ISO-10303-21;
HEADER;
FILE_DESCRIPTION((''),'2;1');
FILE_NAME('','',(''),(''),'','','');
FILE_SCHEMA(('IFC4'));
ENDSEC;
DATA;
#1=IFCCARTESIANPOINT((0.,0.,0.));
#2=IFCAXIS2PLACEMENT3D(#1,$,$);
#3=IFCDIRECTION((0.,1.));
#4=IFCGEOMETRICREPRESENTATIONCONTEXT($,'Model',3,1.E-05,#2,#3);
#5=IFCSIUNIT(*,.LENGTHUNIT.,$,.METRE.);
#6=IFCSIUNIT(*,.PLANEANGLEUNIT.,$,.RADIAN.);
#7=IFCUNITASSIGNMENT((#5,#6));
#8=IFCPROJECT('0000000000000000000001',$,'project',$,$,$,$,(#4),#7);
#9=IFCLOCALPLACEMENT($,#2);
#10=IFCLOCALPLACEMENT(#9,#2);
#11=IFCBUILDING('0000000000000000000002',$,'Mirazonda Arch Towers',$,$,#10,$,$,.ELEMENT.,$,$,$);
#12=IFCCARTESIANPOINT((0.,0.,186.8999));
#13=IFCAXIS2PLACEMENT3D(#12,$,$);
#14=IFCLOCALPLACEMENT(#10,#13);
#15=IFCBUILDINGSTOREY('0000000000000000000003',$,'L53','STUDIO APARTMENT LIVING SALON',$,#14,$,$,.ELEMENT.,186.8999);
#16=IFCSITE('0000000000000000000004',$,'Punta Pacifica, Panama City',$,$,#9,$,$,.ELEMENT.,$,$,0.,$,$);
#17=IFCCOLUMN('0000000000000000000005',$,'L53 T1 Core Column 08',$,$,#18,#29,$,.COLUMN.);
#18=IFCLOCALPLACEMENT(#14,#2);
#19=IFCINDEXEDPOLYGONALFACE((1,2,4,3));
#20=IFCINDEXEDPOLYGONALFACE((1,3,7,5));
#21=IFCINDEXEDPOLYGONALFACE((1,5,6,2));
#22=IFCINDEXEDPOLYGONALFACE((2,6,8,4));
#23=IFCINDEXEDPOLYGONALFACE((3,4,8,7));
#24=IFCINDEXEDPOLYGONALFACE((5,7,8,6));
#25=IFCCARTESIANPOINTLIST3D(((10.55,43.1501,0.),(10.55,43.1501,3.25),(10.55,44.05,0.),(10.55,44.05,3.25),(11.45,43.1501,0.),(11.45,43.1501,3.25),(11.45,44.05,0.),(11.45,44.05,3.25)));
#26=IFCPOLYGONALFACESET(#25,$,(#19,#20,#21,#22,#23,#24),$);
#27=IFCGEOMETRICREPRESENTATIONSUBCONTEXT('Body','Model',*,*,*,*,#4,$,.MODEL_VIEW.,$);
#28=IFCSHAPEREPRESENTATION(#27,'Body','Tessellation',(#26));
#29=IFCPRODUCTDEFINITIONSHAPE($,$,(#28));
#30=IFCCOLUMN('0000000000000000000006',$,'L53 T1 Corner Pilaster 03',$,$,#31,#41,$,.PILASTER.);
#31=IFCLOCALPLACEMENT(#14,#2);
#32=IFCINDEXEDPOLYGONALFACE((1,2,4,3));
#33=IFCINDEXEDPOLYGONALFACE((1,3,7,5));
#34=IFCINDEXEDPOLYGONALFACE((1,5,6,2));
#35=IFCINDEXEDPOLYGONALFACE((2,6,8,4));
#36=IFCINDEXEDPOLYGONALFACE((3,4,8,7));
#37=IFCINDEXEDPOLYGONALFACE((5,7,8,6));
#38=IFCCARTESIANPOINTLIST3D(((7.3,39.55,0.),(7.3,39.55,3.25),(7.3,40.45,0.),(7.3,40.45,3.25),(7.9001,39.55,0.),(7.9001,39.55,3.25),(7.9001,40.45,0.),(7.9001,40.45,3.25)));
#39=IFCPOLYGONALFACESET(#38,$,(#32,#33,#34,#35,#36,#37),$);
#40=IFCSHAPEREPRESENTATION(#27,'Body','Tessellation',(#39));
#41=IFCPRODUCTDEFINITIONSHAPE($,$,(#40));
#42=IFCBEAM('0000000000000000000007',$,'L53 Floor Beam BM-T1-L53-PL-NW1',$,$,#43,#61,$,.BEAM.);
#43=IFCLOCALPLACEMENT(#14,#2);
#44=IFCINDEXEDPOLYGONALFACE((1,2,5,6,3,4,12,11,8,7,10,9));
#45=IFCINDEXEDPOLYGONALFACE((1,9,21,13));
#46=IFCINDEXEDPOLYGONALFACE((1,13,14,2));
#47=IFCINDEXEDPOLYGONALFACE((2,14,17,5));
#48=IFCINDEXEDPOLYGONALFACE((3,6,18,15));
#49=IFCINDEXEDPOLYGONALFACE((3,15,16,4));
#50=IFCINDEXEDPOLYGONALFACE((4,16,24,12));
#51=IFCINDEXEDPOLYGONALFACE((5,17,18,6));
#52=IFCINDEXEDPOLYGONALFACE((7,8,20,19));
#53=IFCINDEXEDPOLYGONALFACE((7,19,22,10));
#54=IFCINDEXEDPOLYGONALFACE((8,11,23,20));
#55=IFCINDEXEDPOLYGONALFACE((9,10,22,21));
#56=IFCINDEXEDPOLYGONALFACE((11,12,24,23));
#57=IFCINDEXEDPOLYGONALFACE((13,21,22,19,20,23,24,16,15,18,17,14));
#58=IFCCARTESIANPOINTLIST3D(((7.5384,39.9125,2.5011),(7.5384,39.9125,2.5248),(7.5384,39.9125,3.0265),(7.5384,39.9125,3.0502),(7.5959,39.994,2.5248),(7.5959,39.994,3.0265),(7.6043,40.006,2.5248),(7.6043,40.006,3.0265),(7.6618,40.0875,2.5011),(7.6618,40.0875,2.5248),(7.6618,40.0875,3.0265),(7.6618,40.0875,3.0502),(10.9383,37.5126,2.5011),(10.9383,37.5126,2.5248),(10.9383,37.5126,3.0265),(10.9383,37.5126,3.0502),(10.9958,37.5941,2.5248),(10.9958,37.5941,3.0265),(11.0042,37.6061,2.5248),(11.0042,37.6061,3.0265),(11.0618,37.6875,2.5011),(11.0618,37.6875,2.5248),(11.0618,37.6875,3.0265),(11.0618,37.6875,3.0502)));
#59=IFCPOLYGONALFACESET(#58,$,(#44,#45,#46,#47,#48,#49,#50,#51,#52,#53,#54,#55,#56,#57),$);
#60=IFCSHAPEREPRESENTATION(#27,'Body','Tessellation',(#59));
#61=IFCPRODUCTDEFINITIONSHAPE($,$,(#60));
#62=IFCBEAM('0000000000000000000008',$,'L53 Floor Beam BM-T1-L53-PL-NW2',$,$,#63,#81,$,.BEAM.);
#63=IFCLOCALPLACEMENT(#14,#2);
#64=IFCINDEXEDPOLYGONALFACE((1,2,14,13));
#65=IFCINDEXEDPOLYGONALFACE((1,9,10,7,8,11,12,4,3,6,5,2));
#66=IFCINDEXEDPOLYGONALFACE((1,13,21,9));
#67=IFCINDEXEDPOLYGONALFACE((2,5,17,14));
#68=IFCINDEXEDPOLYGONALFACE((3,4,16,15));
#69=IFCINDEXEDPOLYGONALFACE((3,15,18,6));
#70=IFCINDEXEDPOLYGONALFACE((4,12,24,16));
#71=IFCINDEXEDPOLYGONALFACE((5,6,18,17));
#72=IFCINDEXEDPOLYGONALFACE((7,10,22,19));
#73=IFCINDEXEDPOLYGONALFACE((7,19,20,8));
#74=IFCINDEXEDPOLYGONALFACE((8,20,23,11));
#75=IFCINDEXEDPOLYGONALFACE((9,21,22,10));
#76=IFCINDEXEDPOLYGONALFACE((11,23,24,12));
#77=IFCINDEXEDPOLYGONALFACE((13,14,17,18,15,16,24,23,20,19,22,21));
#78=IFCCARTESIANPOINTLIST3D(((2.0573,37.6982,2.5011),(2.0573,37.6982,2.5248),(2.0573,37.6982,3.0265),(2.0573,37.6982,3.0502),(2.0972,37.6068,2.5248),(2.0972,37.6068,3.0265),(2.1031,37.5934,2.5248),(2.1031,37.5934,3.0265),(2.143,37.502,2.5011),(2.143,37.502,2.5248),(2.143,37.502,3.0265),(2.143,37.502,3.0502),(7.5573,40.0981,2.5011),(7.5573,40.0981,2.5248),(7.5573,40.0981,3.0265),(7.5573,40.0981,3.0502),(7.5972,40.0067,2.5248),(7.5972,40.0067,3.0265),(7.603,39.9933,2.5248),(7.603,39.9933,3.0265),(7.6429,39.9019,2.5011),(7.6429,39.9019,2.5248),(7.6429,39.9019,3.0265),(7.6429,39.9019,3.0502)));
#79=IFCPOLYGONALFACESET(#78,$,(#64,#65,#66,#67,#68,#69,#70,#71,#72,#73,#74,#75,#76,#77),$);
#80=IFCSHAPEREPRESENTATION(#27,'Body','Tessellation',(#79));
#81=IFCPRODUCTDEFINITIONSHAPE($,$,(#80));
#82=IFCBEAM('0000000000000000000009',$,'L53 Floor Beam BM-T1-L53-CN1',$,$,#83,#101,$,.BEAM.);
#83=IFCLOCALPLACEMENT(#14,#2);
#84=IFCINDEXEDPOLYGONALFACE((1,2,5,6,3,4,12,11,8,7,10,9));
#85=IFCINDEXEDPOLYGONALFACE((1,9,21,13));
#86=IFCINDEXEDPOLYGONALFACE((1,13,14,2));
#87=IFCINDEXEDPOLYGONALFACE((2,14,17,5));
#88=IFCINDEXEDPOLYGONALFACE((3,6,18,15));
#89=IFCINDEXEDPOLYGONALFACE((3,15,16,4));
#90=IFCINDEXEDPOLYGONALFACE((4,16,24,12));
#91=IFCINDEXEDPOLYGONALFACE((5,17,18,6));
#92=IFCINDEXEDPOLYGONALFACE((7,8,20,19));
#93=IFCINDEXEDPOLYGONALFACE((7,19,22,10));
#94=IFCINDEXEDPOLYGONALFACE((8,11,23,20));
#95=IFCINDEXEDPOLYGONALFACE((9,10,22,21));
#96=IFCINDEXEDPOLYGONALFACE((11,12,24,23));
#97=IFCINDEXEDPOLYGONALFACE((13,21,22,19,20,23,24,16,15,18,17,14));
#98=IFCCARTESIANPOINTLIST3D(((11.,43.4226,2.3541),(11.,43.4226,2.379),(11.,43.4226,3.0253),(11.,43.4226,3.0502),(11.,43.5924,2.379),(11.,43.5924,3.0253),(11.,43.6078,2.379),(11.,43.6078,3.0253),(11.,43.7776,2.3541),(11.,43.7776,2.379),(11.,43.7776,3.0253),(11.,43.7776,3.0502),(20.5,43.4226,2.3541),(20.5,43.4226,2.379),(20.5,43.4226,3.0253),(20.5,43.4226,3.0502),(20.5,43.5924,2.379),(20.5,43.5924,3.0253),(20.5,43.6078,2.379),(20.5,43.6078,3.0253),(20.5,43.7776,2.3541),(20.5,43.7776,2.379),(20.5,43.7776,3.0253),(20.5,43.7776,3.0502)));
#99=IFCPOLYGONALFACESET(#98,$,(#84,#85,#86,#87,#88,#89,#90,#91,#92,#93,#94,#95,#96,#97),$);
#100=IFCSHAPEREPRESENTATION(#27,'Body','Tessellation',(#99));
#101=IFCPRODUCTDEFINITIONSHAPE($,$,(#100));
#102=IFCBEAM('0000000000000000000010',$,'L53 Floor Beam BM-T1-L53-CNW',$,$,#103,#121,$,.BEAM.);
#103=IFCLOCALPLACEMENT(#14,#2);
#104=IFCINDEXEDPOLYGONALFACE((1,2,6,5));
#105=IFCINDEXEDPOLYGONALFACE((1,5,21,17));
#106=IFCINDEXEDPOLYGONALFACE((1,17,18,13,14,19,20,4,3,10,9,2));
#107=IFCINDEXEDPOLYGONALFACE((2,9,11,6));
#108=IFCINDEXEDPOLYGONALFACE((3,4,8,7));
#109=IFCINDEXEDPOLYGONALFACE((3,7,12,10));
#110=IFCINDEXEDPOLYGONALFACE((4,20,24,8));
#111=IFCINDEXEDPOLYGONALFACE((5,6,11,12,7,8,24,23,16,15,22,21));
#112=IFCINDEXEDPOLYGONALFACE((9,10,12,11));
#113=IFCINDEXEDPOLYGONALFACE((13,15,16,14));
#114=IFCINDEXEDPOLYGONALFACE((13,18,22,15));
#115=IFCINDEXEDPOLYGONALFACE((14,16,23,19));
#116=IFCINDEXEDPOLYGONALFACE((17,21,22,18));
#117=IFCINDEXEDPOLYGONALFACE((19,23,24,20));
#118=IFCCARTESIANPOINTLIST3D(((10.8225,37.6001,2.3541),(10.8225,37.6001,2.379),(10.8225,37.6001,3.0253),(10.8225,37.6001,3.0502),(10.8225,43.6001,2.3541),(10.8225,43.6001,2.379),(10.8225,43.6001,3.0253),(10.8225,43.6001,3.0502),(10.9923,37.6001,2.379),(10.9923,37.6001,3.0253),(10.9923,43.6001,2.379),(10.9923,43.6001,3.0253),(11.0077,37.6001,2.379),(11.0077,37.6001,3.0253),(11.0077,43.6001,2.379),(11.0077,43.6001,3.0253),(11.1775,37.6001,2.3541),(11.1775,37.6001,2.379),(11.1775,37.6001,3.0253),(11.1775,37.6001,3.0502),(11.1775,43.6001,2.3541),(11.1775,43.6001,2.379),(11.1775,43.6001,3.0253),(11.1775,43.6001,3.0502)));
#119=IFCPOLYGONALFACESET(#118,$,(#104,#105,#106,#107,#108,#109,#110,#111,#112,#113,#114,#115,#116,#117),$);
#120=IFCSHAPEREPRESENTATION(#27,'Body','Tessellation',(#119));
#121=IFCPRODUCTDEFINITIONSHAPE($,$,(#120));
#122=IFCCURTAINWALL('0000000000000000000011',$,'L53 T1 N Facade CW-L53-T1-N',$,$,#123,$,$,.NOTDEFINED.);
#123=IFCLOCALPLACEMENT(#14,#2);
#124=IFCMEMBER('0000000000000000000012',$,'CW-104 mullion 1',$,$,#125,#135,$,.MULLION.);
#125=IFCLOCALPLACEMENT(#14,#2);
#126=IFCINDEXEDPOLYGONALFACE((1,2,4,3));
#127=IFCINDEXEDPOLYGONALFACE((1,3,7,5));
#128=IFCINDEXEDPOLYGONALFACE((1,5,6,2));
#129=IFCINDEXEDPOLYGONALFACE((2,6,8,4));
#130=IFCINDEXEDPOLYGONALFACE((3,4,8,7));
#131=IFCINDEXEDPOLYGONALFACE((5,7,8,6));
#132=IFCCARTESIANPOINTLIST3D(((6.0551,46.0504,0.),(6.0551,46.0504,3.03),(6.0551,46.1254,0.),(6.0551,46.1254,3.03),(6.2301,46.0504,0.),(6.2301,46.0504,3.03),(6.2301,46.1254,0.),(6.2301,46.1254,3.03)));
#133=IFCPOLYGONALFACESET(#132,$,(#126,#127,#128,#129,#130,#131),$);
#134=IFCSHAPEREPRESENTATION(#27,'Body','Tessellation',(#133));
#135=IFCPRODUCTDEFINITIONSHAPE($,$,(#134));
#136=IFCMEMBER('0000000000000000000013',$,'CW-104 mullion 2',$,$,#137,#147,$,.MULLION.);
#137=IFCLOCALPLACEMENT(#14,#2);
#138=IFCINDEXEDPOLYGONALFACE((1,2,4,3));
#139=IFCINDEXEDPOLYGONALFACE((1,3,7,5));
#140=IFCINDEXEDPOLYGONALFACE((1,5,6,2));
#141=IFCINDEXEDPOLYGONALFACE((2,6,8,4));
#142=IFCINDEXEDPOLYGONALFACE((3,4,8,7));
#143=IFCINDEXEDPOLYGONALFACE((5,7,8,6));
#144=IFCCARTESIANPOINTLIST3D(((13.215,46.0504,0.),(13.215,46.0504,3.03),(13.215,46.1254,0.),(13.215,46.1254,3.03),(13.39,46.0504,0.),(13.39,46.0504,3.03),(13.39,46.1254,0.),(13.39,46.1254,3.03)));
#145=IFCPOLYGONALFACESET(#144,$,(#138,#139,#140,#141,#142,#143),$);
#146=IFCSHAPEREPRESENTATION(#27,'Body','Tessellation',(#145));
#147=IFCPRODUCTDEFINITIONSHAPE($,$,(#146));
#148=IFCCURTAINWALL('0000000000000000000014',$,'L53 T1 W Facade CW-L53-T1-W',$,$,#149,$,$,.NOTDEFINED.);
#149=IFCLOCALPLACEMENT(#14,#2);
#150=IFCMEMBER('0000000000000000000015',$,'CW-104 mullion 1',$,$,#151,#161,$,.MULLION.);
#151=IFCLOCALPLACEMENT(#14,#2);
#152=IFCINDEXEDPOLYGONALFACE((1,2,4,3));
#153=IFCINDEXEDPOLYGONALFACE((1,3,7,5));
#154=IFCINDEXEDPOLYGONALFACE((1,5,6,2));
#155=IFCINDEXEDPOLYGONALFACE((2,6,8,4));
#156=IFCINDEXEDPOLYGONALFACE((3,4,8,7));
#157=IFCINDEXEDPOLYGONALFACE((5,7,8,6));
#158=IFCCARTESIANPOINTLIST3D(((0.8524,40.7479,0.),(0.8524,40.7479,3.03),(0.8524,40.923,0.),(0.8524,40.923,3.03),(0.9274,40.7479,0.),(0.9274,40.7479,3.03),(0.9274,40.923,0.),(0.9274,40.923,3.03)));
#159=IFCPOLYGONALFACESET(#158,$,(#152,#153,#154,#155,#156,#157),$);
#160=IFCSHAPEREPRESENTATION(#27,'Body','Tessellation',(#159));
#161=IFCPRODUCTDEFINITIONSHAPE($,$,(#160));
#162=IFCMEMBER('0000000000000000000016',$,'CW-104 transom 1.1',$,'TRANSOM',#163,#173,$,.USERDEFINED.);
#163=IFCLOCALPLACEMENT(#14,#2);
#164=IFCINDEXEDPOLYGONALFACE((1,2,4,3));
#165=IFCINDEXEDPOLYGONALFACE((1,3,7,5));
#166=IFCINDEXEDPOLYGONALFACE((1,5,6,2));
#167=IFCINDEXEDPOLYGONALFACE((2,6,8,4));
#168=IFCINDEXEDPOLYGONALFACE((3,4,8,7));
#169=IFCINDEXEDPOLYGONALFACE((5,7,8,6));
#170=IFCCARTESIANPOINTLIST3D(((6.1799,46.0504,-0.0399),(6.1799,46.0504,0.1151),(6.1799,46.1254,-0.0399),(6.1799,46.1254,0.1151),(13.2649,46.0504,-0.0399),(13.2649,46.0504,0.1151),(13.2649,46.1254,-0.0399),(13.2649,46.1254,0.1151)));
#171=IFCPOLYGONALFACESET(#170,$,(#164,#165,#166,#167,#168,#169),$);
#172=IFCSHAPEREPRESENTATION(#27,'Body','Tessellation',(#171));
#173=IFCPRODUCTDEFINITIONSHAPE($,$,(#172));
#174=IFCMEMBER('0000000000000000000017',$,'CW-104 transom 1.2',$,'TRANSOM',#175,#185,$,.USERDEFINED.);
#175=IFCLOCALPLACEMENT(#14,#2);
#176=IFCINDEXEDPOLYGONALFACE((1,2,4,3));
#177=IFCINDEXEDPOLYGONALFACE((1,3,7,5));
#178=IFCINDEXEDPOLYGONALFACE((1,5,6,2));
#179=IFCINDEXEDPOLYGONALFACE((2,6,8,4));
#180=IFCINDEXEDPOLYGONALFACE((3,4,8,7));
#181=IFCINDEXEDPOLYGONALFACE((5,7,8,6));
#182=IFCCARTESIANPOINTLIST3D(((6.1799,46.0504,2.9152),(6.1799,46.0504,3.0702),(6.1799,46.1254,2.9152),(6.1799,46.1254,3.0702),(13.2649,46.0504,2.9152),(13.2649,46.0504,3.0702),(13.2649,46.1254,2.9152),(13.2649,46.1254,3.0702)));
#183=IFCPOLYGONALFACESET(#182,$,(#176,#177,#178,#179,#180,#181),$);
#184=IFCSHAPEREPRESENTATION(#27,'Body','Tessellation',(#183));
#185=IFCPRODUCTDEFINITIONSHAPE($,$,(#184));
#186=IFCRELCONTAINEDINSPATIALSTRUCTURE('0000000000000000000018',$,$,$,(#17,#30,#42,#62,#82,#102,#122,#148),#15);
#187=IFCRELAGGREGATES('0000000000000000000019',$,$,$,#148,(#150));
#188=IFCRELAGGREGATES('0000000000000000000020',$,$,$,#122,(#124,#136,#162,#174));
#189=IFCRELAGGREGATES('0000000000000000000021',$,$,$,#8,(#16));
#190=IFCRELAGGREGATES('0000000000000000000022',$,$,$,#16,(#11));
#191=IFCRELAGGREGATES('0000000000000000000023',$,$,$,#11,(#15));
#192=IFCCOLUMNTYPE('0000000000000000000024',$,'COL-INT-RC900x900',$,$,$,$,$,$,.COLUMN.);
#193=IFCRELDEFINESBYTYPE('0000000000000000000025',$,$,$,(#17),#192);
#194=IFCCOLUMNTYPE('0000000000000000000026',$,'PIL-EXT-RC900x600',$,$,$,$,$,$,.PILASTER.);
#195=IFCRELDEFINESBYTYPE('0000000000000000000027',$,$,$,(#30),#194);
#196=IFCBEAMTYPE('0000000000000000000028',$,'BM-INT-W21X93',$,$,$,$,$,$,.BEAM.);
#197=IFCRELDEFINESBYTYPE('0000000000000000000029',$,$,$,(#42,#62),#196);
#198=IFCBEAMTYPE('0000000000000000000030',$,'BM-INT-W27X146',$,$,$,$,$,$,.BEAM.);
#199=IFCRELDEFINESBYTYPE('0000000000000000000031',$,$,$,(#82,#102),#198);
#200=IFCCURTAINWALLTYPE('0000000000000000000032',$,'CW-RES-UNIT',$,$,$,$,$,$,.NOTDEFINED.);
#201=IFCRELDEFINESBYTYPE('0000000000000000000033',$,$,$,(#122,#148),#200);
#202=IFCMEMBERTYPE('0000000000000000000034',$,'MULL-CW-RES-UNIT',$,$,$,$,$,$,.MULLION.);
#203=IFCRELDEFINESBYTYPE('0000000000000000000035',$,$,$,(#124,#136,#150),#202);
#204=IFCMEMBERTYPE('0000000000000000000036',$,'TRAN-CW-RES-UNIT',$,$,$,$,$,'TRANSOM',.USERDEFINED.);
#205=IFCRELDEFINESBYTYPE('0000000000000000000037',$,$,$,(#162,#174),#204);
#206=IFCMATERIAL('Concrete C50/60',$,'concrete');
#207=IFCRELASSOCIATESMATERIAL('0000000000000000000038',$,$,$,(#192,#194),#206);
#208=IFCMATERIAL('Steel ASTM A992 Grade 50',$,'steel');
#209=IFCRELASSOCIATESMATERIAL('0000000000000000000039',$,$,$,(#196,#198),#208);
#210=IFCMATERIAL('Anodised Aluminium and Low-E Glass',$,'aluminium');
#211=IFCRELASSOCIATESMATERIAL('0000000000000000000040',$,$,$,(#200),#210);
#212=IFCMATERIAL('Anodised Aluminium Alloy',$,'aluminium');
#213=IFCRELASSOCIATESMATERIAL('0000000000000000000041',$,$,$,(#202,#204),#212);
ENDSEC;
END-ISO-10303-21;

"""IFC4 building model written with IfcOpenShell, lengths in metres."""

from ifc_helpers import new_model, si_unit, direction, frame, origin, origin_2d, place, context, subcontext, project, spatial, rectangle, i_section, extrude, material, material_profile, profile_set, type_object, element, aggregate, save


model = new_model("IFC4")

# Units and contexts
model_context = context("Model", 3, precision=1e-05, world=origin(), true_north=direction((0.0, 1.0)))
body_context = subcontext(model_context, "Body", "Model", "MODEL_VIEW")
ifc_project = project(units=[si_unit("LENGTHUNIT", "METRE"), si_unit("PLANEANGLEUNIT", "RADIAN")], contexts=[model_context])

# Site, building, storey
site_placement = place(None, origin())
site = spatial("IfcSite", under=ifc_project, at=site_placement, Name="Punta Pacifica, Panama City", CompositionType="ELEMENT", RefElevation=0.0)
building_placement = place(site_placement, origin())
building = spatial("IfcBuilding", under=site, at=building_placement, Name="Mirazonda Arch Towers", CompositionType="ELEMENT")
storey_placement = place(building_placement, frame((0.0, 0.0, 186.8999)))
storey = spatial("IfcBuildingStorey", under=building, at=storey_placement, Name="L53", Description="STUDIO APARTMENT LIVING SALON", CompositionType="ELEMENT", Elevation=186.8999)

# Columns
ifc_material_1 = material(Name="Concrete C50/60", Category="concrete")
ifc_material_profile_1 = material_profile(ifc_material_1, rectangle(XDim=0.8999, YDim=0.8999, at=origin_2d()), Name="RC900x900")
ifc_profile_set_1 = profile_set([ifc_material_profile_1], Name="Concrete C50/60")
column_type_1 = type_object("IfcColumnType", Name="COL-INT-RC900x900", PredefinedType="COLUMN", material=ifc_profile_set_1)
column_1_placement = place(storey_placement, frame((11.0, 43.6001, 0.0), z_axis=(0.0, 0.0, 1.0), x_axis=(1.0, 0.0, 0.0)))
element("IfcColumn", 1, at=column_1_placement, inside=storey, type_object=column_type_1, Name="L53 T1 Core Column 08", PredefinedType="COLUMN", context=body_context, shape_type="SweptSolid", body=[
    extrude(rectangle(XDim=0.8999, YDim=0.8999, at=origin_2d()), origin(), (0.0, 0.0, 1.0), 3.25),
])
ifc_material_profile_2 = material_profile(ifc_material_1, rectangle(XDim=0.6001, YDim=0.8999, at=origin_2d()), Name="RC900x600")
ifc_profile_set_2 = profile_set([ifc_material_profile_2], Name="Concrete C50/60")
column_type_2 = type_object("IfcColumnType", Name="PIL-EXT-RC900x600", PredefinedType="PILASTER", material=ifc_profile_set_2)
column_2_placement = place(storey_placement, frame((7.6001, 40.0, 0.0), z_axis=(0.0, 0.0, 1.0), x_axis=(1.0, 0.0, 0.0)))
element("IfcColumn", 2, at=column_2_placement, inside=storey, type_object=column_type_2, Name="L53 T1 Corner Pilaster 03", PredefinedType="PILASTER", context=body_context, shape_type="SweptSolid", body=[
    extrude(rectangle(XDim=0.6001, YDim=0.8999, at=origin_2d()), origin(), (0.0, 0.0, 1.0), 3.25),
])

# Beams
ifc_material_2 = material(Name="Steel ASTM A992 Grade 50", Category="steel")
ifc_material_profile_3 = material_profile(ifc_material_2, i_section(OverallWidth=0.2141, OverallDepth=0.5491, WebThickness=0.0146, FlangeThickness=0.0237, at=origin_2d()), Name="W21X93")
ifc_profile_set_3 = profile_set([ifc_material_profile_3], Name="Steel ASTM A992 Grade 50")
beam_type_1 = type_object("IfcBeamType", Name="BM-INT-W21X93", PredefinedType="BEAM", material=ifc_profile_set_3)
beam_1_placement = place(storey_placement, frame((7.6001, 40.0, 2.7756), z_axis=(0.816971, -0.576679, 0.0), x_axis=(0.576679, 0.816971, 0.0)))
element("IfcBeam", 3, at=beam_1_placement, inside=storey, type_object=beam_type_1, Name="L53 Floor Beam BM-T1-L53-PL-NW1", PredefinedType="BEAM", context=body_context, shape_type="SweptSolid", body=[
    extrude(i_section(OverallWidth=0.2141, OverallDepth=0.5491, WebThickness=0.0146, FlangeThickness=0.0237, at=origin_2d()), origin(), (0.0, 0.0, 1.0), 4.1616),
])
beam_2_placement = place(storey_placement, frame((7.6001, 40.0, 2.7756), z_axis=(-0.916545, -0.399931, 0.0), x_axis=(0.399931, -0.916545, 0.0)))
element("IfcBeam", 4, at=beam_2_placement, inside=storey, type_object=beam_type_1, Name="L53 Floor Beam BM-T1-L53-PL-NW2", PredefinedType="BEAM", context=body_context, shape_type="SweptSolid", body=[
    extrude(i_section(OverallWidth=0.2141, OverallDepth=0.5491, WebThickness=0.0146, FlangeThickness=0.0237, at=origin_2d()), origin(), (0.0, 0.0, 1.0), 6.0007),
])
ifc_material_profile_4 = material_profile(ifc_material_2, i_section(OverallWidth=0.355, OverallDepth=0.696, WebThickness=0.0154, FlangeThickness=0.0249, at=origin_2d()), Name="W27X146")
ifc_profile_set_4 = profile_set([ifc_material_profile_4], Name="Steel ASTM A992 Grade 50")
beam_type_2 = type_object("IfcBeamType", Name="BM-INT-W27X146", PredefinedType="BEAM", material=ifc_profile_set_4)
beam_3_placement = place(storey_placement, frame((11.0, 43.6001, 2.7021), z_axis=(1.0, 0.0, 0.0), x_axis=(0.0, 1.0, 0.0)))
element("IfcBeam", 5, at=beam_3_placement, inside=storey, type_object=beam_type_2, Name="L53 Floor Beam BM-T1-L53-CN1", PredefinedType="BEAM", context=body_context, shape_type="SweptSolid", body=[
    extrude(i_section(OverallWidth=0.355, OverallDepth=0.696, WebThickness=0.0154, FlangeThickness=0.0249, at=origin_2d()), origin(), (0.0, 0.0, 1.0), 9.5),
])
beam_4_placement = place(storey_placement, frame((11.0, 37.6001, 2.7021), z_axis=(0.0, 1.0, 0.0), x_axis=(-1.0, 0.0, 0.0)))
element("IfcBeam", 6, at=beam_4_placement, inside=storey, type_object=beam_type_2, Name="L53 Floor Beam BM-T1-L53-CNW", PredefinedType="BEAM", context=body_context, shape_type="SweptSolid", body=[
    extrude(i_section(OverallWidth=0.355, OverallDepth=0.696, WebThickness=0.0154, FlangeThickness=0.0249, at=origin_2d()), origin(), (0.0, 0.0, 1.0), 6.0),
])

# Curtain wall, members
ifc_material_3 = material(Name="Anodised Aluminium and Low-E Glass", Category="aluminium")
curtain_wall_type = type_object("IfcCurtainWallType", Name="CW-RES-UNIT", PredefinedType="NOTDEFINED", material=ifc_material_3)
curtain_wall_1_placement = place(storey_placement, origin())
curtain_wall_1 = element("IfcCurtainWall", 7, at=curtain_wall_1_placement, inside=storey, type_object=curtain_wall_type, Name="L53 T1 N Facade CW-L53-T1-N", PredefinedType="NOTDEFINED")
ifc_material_4 = material(Name="Anodised Aluminium Alloy", Category="aluminium")
ifc_material_profile_5 = material_profile(ifc_material_4, rectangle(XDim=0.075, YDim=0.175, at=origin_2d()), Name="ALU-MULL-75x175")
ifc_profile_set_5 = profile_set([ifc_material_profile_5], Name="Anodised Aluminium Alloy")
member_type_1 = type_object("IfcMemberType", Name="MULL-CW-RES-UNIT", PredefinedType="MULLION", material=ifc_profile_set_5)
member_1_placement = place(storey_placement, frame((6.1426, 46.0879, 0.0), z_axis=(0.0, 0.0, 1.0), x_axis=(0.0, 1.0, 0.0)))
member_1 = element("IfcMember", 8, at=member_1_placement, type_object=member_type_1, Name="CW-104 mullion 1", PredefinedType="MULLION", context=body_context, shape_type="SweptSolid", body=[
    extrude(rectangle(XDim=0.075, YDim=0.175, at=origin_2d()), origin(), (0.0, 0.0, 1.0), 3.03),
])
member_2_placement = place(storey_placement, frame((13.3025, 46.0879, 0.0), z_axis=(0.0, 0.0, 1.0), x_axis=(0.0, 1.0, 0.0)))
member_2 = element("IfcMember", 9, at=member_2_placement, type_object=member_type_1, Name="CW-104 mullion 2", PredefinedType="MULLION", context=body_context, shape_type="SweptSolid", body=[
    extrude(rectangle(XDim=0.075, YDim=0.175, at=origin_2d()), origin(), (0.0, 0.0, 1.0), 3.03),
])

# Curtain wall, member
curtain_wall_2_placement = place(storey_placement, origin())
curtain_wall_2 = element("IfcCurtainWall", 10, at=curtain_wall_2_placement, inside=storey, type_object=curtain_wall_type, Name="L53 T1 W Facade CW-L53-T1-W", PredefinedType="NOTDEFINED")
member_3_placement = place(storey_placement, frame((0.8899, 40.8354, 0.0), z_axis=(0.0, 0.0, 1.0), x_axis=(1.0, 0.0, 0.0)))
member_3 = element("IfcMember", 11, at=member_3_placement, type_object=member_type_1, Name="CW-104 mullion 1", PredefinedType="MULLION", context=body_context, shape_type="SweptSolid", body=[
    extrude(rectangle(XDim=0.075, YDim=0.175, at=origin_2d()), origin(), (0.0, 0.0, 1.0), 3.03),
])

# Members
ifc_material_profile_6 = material_profile(ifc_material_4, rectangle(XDim=0.075, YDim=0.155, at=origin_2d()), Name="ALU-TRAN-75x155")
ifc_profile_set_6 = profile_set([ifc_material_profile_6], Name="Anodised Aluminium Alloy")
member_type_2 = type_object("IfcMemberType", Name="TRAN-CW-RES-UNIT", ElementType="TRANSOM", PredefinedType="USERDEFINED", material=ifc_profile_set_6)
member_4_placement = place(storey_placement, frame((6.1799, 46.0879, 0.0376), z_axis=(1.0, 0.0, 0.0), x_axis=(0.0, 1.0, 0.0)))
member_4 = element("IfcMember", 12, at=member_4_placement, type_object=member_type_2, Name="CW-104 transom 1.1", ObjectType="TRANSOM", PredefinedType="USERDEFINED", context=body_context, shape_type="SweptSolid", body=[
    extrude(rectangle(XDim=0.075, YDim=0.155, at=origin_2d()), origin(), (0.0, 0.0, 1.0), 7.085),
])
member_5_placement = place(storey_placement, frame((6.1799, 46.0879, 2.9927), z_axis=(1.0, 0.0, 0.0), x_axis=(0.0, 1.0, 0.0)))
member_5 = element("IfcMember", 13, at=member_5_placement, type_object=member_type_2, Name="CW-104 transom 1.2", ObjectType="TRANSOM", PredefinedType="USERDEFINED", context=body_context, shape_type="SweptSolid", body=[
    extrude(rectangle(XDim=0.075, YDim=0.155, at=origin_2d()), origin(), (0.0, 0.0, 1.0), 7.085),
])
aggregate(curtain_wall_2, [member_3])

aggregate(curtain_wall_1, [member_1, member_2, member_4, member_5])

save(model, "model.ifc")
